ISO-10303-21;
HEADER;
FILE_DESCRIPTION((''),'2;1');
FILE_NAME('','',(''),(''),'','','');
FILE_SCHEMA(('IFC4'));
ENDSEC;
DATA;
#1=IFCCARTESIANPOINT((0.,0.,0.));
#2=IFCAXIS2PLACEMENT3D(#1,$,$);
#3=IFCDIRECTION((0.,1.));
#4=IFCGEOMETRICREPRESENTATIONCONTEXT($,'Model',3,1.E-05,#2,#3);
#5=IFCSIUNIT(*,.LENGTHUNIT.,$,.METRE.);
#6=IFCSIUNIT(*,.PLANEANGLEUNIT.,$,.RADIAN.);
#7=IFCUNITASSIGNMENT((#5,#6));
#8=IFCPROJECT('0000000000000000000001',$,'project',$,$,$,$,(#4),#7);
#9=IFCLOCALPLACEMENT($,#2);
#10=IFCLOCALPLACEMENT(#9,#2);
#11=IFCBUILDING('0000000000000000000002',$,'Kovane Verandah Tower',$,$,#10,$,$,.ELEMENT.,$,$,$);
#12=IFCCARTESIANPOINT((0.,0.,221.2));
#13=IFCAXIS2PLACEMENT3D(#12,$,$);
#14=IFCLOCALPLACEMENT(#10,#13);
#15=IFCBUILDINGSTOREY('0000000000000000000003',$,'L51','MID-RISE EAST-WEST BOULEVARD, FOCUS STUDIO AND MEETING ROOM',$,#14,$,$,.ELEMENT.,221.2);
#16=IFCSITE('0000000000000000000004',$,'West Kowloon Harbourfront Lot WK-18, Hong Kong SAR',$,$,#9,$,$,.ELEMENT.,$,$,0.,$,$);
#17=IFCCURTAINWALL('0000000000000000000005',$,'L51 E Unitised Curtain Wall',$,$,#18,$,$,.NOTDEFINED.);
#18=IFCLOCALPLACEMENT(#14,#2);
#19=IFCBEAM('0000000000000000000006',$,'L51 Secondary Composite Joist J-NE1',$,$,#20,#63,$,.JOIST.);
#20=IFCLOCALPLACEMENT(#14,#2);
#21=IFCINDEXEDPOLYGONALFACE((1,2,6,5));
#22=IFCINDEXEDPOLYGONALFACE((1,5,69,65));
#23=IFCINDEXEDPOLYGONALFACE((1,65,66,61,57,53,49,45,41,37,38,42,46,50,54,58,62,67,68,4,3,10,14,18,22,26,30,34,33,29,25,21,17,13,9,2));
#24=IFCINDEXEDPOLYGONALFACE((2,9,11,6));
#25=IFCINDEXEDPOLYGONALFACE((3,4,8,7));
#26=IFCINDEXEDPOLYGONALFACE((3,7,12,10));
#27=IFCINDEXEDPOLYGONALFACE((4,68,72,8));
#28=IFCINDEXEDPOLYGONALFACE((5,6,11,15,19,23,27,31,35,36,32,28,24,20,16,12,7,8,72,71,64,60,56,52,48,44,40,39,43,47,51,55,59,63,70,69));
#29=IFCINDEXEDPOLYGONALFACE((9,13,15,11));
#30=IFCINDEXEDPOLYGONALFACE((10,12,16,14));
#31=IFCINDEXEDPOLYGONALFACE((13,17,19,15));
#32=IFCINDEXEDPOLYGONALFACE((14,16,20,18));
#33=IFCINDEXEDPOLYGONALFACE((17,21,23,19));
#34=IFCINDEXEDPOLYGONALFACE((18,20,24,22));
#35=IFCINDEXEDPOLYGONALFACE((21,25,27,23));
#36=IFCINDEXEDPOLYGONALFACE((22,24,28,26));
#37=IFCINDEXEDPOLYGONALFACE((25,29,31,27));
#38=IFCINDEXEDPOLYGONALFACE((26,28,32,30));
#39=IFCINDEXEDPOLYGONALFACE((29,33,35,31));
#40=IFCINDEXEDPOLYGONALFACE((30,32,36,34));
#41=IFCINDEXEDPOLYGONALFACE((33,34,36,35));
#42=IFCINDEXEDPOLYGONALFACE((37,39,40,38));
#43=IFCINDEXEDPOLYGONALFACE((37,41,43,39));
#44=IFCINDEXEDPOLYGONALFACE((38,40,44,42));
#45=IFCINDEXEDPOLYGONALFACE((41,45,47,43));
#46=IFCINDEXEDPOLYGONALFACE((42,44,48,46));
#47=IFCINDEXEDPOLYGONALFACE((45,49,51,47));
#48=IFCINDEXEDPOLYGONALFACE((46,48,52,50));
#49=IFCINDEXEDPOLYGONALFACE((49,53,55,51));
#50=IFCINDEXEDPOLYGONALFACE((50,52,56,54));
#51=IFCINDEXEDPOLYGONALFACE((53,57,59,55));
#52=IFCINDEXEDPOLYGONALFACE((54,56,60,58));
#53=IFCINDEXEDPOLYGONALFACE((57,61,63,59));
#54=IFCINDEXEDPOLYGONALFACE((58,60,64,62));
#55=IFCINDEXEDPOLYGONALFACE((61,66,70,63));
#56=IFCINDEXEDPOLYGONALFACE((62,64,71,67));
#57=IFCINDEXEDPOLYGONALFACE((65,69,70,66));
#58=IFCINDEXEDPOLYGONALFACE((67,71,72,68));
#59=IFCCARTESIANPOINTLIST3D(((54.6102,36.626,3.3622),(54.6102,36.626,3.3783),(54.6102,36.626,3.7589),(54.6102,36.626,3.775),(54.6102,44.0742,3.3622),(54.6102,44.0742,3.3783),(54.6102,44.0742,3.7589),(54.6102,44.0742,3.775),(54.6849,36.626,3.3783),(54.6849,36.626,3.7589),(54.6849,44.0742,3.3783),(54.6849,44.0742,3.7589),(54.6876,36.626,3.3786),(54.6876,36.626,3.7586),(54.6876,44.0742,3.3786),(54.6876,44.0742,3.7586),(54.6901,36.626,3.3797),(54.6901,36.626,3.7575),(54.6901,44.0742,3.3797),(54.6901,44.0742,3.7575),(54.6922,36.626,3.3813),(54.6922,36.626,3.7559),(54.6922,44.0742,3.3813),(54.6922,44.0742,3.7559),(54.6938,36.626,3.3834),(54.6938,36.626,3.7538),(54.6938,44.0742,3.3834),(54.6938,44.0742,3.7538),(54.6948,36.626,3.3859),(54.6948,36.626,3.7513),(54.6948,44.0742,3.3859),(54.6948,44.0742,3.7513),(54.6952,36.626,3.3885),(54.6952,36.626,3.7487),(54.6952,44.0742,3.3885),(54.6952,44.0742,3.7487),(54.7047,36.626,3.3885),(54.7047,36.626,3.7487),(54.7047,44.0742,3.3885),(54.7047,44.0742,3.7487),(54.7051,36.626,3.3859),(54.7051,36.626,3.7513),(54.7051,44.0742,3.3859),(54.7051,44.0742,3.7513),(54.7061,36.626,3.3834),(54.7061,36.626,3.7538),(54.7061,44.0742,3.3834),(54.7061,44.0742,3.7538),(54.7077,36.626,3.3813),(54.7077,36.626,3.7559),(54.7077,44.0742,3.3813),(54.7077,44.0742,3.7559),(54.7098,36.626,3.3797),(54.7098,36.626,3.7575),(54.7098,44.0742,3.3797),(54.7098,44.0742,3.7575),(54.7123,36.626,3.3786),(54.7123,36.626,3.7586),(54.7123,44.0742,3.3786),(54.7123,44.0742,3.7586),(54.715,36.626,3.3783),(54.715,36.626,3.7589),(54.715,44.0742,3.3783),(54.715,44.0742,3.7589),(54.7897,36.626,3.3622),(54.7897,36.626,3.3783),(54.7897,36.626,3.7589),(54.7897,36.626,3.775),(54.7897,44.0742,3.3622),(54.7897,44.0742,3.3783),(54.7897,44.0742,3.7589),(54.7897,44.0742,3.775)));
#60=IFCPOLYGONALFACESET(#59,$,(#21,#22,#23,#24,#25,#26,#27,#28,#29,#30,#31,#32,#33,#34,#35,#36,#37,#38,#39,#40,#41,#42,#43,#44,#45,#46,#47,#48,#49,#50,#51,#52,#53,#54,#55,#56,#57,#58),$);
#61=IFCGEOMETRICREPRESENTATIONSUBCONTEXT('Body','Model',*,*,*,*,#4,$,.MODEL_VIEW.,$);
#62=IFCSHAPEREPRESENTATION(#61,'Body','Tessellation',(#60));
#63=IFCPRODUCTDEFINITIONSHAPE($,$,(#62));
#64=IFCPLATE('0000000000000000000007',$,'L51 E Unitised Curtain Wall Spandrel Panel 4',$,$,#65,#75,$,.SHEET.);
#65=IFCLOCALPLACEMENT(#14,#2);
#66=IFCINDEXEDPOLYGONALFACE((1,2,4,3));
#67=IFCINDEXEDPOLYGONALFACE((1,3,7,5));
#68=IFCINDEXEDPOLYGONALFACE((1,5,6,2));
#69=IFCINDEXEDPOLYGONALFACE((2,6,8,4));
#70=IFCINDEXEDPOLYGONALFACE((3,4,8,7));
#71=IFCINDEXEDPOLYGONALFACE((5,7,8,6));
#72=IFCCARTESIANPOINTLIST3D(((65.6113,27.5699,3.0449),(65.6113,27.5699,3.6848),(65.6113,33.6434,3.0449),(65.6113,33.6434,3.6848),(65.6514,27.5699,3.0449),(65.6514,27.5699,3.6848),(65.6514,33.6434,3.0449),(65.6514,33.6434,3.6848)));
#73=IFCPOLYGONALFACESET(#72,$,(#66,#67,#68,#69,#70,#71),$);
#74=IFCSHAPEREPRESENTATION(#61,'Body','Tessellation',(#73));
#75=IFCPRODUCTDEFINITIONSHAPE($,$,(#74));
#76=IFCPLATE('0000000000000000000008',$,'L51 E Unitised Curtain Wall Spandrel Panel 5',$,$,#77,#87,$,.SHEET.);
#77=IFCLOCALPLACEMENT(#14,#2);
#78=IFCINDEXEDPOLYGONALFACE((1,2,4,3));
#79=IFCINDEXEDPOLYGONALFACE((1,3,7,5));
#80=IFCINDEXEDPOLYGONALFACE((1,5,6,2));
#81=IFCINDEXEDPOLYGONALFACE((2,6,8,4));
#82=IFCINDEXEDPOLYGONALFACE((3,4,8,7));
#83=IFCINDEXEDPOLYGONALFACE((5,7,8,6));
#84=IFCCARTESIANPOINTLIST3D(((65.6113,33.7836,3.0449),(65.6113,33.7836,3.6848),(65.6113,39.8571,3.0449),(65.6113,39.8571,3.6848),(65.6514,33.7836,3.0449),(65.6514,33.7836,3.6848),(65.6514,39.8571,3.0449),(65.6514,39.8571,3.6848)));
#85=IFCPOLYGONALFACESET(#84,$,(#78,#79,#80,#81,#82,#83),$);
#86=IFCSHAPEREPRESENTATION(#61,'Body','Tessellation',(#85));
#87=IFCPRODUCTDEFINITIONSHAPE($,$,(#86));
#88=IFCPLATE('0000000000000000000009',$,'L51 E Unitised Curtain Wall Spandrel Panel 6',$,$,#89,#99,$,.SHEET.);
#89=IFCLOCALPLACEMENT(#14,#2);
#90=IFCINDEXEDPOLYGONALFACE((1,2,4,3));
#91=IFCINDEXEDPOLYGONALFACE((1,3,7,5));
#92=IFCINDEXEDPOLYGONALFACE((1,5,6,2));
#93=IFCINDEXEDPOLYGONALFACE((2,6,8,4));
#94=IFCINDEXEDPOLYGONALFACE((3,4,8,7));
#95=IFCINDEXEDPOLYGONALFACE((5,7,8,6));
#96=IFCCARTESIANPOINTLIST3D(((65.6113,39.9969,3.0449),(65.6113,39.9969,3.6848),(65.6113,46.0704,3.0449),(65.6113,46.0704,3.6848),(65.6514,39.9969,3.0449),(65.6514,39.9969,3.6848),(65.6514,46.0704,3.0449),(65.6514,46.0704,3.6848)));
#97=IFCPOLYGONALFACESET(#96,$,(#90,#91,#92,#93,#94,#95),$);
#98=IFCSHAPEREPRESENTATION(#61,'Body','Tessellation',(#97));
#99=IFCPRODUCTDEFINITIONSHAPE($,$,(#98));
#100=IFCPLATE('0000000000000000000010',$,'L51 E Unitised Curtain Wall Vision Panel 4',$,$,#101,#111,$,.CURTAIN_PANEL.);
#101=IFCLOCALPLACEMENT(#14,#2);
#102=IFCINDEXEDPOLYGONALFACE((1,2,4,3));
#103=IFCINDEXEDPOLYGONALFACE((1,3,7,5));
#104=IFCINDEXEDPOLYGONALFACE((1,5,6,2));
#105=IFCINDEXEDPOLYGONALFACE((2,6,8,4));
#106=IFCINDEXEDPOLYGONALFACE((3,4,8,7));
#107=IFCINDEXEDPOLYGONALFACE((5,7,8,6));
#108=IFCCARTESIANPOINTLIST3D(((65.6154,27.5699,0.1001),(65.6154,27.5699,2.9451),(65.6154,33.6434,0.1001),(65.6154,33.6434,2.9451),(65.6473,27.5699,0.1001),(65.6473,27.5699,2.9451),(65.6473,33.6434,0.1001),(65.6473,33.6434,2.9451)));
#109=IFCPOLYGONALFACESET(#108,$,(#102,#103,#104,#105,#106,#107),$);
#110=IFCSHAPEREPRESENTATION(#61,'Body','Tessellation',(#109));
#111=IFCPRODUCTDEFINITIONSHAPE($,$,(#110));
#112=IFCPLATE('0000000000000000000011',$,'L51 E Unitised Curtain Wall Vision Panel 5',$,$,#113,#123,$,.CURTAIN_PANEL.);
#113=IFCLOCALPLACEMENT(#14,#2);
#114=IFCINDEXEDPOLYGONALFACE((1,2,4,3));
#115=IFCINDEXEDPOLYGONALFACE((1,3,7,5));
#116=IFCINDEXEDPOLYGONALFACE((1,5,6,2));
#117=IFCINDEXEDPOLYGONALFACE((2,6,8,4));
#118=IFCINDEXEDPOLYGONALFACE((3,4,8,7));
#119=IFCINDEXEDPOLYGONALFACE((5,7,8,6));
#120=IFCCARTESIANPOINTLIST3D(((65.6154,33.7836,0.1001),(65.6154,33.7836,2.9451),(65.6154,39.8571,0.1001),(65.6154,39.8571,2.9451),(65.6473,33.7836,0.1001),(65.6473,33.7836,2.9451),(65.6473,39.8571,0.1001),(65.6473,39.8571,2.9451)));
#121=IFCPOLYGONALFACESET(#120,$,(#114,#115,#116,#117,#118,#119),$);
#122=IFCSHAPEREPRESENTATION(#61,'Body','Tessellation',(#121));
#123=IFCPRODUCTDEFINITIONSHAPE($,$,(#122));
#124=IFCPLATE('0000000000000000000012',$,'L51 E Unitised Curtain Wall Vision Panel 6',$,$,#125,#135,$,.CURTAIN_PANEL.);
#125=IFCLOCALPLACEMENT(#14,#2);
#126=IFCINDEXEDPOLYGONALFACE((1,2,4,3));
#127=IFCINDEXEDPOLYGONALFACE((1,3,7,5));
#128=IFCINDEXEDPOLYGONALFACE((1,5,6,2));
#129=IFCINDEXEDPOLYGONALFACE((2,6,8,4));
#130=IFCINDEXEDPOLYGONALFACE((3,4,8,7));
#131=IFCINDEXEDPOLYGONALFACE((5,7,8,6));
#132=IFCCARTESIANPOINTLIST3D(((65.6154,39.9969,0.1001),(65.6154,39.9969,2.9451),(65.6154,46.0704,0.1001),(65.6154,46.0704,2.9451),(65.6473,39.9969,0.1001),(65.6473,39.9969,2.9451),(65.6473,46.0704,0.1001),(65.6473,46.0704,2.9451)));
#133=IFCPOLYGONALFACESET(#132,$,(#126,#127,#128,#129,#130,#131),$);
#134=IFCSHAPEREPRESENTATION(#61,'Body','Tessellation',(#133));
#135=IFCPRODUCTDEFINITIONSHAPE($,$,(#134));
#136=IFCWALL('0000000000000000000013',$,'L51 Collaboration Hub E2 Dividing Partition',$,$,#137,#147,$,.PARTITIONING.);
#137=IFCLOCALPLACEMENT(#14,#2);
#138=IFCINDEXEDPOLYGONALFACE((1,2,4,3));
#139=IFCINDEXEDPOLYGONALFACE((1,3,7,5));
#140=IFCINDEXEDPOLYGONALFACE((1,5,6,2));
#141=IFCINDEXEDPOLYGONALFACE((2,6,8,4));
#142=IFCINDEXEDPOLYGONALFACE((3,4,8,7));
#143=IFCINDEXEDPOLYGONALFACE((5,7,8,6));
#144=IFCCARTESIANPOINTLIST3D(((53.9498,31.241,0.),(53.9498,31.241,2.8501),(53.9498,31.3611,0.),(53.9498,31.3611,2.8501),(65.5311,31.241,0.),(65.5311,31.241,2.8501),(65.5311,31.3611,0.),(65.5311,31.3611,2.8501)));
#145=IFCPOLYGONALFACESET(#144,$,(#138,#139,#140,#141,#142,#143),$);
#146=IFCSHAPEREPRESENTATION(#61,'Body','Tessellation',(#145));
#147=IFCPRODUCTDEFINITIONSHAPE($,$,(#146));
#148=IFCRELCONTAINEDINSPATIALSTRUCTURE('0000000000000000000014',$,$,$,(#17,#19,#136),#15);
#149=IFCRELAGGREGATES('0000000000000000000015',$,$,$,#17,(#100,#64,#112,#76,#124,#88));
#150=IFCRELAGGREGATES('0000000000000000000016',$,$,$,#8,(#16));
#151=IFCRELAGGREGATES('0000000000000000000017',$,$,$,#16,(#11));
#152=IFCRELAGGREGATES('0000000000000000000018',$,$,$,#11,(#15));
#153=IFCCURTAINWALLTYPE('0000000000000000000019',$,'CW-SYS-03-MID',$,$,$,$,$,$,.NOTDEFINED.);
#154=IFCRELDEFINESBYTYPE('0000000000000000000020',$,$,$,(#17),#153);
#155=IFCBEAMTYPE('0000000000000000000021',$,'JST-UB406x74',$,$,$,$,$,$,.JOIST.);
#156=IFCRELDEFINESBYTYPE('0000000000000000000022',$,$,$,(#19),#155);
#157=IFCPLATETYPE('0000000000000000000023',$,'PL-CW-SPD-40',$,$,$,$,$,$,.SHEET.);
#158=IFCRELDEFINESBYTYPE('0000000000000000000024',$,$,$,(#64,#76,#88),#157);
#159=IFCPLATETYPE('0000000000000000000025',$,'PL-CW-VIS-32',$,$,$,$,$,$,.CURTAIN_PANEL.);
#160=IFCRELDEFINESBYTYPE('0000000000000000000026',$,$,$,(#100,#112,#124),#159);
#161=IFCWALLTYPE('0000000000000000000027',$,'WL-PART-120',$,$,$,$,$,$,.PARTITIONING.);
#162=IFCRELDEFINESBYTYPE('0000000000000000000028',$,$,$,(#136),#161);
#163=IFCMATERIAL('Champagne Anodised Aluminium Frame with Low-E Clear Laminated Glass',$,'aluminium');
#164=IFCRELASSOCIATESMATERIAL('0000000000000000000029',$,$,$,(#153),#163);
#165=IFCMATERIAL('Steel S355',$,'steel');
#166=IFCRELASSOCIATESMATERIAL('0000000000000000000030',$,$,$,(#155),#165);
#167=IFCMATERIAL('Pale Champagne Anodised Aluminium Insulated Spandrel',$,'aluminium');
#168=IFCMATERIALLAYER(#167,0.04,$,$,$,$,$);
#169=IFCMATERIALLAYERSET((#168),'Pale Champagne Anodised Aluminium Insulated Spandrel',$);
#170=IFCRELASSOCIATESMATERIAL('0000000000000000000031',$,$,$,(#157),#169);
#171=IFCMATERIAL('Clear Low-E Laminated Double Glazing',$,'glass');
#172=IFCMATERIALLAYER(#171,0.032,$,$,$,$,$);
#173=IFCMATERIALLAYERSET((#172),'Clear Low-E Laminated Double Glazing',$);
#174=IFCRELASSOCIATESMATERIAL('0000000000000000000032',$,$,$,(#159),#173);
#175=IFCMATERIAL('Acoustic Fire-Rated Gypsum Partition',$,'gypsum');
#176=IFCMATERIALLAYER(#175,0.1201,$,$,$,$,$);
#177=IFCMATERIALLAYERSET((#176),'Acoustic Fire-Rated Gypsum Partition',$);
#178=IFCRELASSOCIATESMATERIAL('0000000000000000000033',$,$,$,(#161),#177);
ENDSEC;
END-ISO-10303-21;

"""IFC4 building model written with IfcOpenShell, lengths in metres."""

from ifc_helpers import new_model, si_unit, direction, frame, frame_2d, origin, origin_2d, place, context, subcontext, project, spatial, rectangle, i_section, extrude, material, layer, layer_set, material_profile, profile_set, type_object, element, aggregate, save


model = new_model("IFC4")

# Units and contexts
model_context = context("Model", 3, precision=1e-05, world=origin(), true_north=direction((0.0, 1.0)))
body_context = subcontext(model_context, "Body", "Model", "MODEL_VIEW")
ifc_project = project(units=[si_unit("LENGTHUNIT", "METRE"), si_unit("PLANEANGLEUNIT", "RADIAN")], contexts=[model_context])

# Site, building, storey
site_placement = place(None, origin())
site = spatial("IfcSite", under=ifc_project, at=site_placement, Name="West Kowloon Harbourfront Lot WK-18, Hong Kong SAR", CompositionType="ELEMENT", RefElevation=0.0)
building_placement = place(site_placement, origin())
building = spatial("IfcBuilding", under=site, at=building_placement, Name="Kovane Verandah Tower", CompositionType="ELEMENT")
storey_placement = place(building_placement, frame((0.0, 0.0, 221.2)))
storey = spatial("IfcBuildingStorey", under=building, at=storey_placement, Name="L51", Description="MID-RISE EAST-WEST BOULEVARD, FOCUS STUDIO AND MEETING ROOM", CompositionType="ELEMENT", Elevation=221.2)

# Shared definitions
ifc_material_1 = material(Name="Steel S355", Category="steel")

# Curtain wall
ifc_material_2 = material(Name="Champagne Anodised Aluminium Frame with Low-E Clear Laminated Glass", Category="aluminium")
curtain_wall_type = type_object("IfcCurtainWallType", Name="CW-SYS-03-MID", PredefinedType="NOTDEFINED", material=ifc_material_2)
curtain_wall_placement = place(storey_placement, origin())
curtain_wall = element("IfcCurtainWall", 1, at=curtain_wall_placement, inside=storey, type_object=curtain_wall_type, Name="L51 E Unitised Curtain Wall", PredefinedType="NOTDEFINED")

# Beam
ifc_material_profile_1 = material_profile(ifc_material_1, i_section(OverallWidth=0.1794, OverallDepth=0.4128, WebThickness=0.0095, FlangeThickness=0.0161, FilletRadius=0.0103, at=origin_2d()), Name="UB406x178x74")
ifc_profile_set_1 = profile_set([ifc_material_profile_1], Name="Steel S355")
beam_type_1 = type_object("IfcBeamType", Name="JST-UB406x74", PredefinedType="JOIST", material=ifc_profile_set_1)
beam_1_placement = place(storey_placement, frame((54.7, 36.626, 3.5686), z_axis=(0.0, 1.0, 0.0), x_axis=(-1.0, 0.0, 0.0)))
element("IfcBeam", 2, at=beam_1_placement, inside=storey, type_object=beam_type_1, Name="L51 Secondary Composite Joist J-NE1", PredefinedType="JOIST", context=body_context, shape_type="SweptSolid", body=[
    extrude(i_section(OverallWidth=0.1794, OverallDepth=0.4128, WebThickness=0.0095, FlangeThickness=0.0161, FilletRadius=0.0103, at=origin_2d()), origin(), (0.0, 0.0, 1.0), 7.4482),
])

# Plates
ifc_material_3 = material(Name="Pale Champagne Anodised Aluminium Insulated Spandrel", Category="aluminium")
ifc_layer_1 = layer(ifc_material_3, 0.04)
ifc_layer_set_1 = layer_set([ifc_layer_1], Name="Pale Champagne Anodised Aluminium Insulated Spandrel")
plate_type_1 = type_object("IfcPlateType", Name="PL-CW-SPD-40", PredefinedType="SHEET", material=ifc_layer_set_1)
plate_1_placement = place(storey_placement, frame((65.6313, 30.6067, 3.0449), z_axis=(0.0, 0.0, 1.0), x_axis=(0.0, 1.0, 0.0)))
plate_1 = element("IfcPlate", 3, at=plate_1_placement, type_object=plate_type_1, Name="L51 E Unitised Curtain Wall Spandrel Panel 4", PredefinedType="SHEET", context=body_context, shape_type="SweptSolid", body=[
    extrude(rectangle(XDim=6.0735, YDim=0.04, at=origin_2d()), origin(), (0.0, 0.0, 1.0), 0.6399),
])
plate_2_placement = place(storey_placement, frame((65.6313, 36.8203, 3.0449), z_axis=(0.0, 0.0, 1.0), x_axis=(0.0, 1.0, 0.0)))
plate_2 = element("IfcPlate", 4, at=plate_2_placement, type_object=plate_type_1, Name="L51 E Unitised Curtain Wall Spandrel Panel 5", PredefinedType="SHEET", context=body_context, shape_type="SweptSolid", body=[
    extrude(rectangle(XDim=6.0735, YDim=0.04, at=origin_2d()), origin(), (0.0, 0.0, 1.0), 0.6399),
])
plate_3_placement = place(storey_placement, frame((65.6313, 43.0337, 3.0449), z_axis=(0.0, 0.0, 1.0), x_axis=(0.0, 1.0, 0.0)))
plate_3 = element("IfcPlate", 5, at=plate_3_placement, type_object=plate_type_1, Name="L51 E Unitised Curtain Wall Spandrel Panel 6", PredefinedType="SHEET", context=body_context, shape_type="SweptSolid", body=[
    extrude(rectangle(XDim=6.0735, YDim=0.04, at=origin_2d()), origin(), (0.0, 0.0, 1.0), 0.6399),
])
ifc_material_4 = material(Name="Clear Low-E Laminated Double Glazing", Category="glass")
ifc_layer_2 = layer(ifc_material_4, 0.032)
ifc_layer_set_2 = layer_set([ifc_layer_2], Name="Clear Low-E Laminated Double Glazing")
plate_type_2 = type_object("IfcPlateType", Name="PL-CW-VIS-32", PredefinedType="CURTAIN_PANEL", material=ifc_layer_set_2)
plate_4_placement = place(storey_placement, frame((65.6313, 30.6067, 0.1001), z_axis=(0.0, 0.0, 1.0), x_axis=(0.0, 1.0, 0.0)))
plate_4 = element("IfcPlate", 6, at=plate_4_placement, type_object=plate_type_2, Name="L51 E Unitised Curtain Wall Vision Panel 4", PredefinedType="CURTAIN_PANEL", context=body_context, shape_type="SweptSolid", body=[
    extrude(rectangle(XDim=6.0735, YDim=0.032, at=origin_2d()), origin(), (0.0, 0.0, 1.0), 2.845),
])
plate_5_placement = place(storey_placement, frame((65.6313, 36.8203, 0.1001), z_axis=(0.0, 0.0, 1.0), x_axis=(0.0, 1.0, 0.0)))
plate_5 = element("IfcPlate", 7, at=plate_5_placement, type_object=plate_type_2, Name="L51 E Unitised Curtain Wall Vision Panel 5", PredefinedType="CURTAIN_PANEL", context=body_context, shape_type="SweptSolid", body=[
    extrude(rectangle(XDim=6.0735, YDim=0.032, at=origin_2d()), origin(), (0.0, 0.0, 1.0), 2.845),
])
plate_6_placement = place(storey_placement, frame((65.6313, 43.0337, 0.1001), z_axis=(0.0, 0.0, 1.0), x_axis=(0.0, 1.0, 0.0)))
plate_6 = element("IfcPlate", 8, at=plate_6_placement, type_object=plate_type_2, Name="L51 E Unitised Curtain Wall Vision Panel 6", PredefinedType="CURTAIN_PANEL", context=body_context, shape_type="SweptSolid", body=[
    extrude(rectangle(XDim=6.0735, YDim=0.032, at=origin_2d()), origin(), (0.0, 0.0, 1.0), 2.845),
])
aggregate(curtain_wall, [plate_4, plate_1, plate_5, plate_2, plate_6, plate_3])

# Wall
ifc_material_5 = material(Name="Acoustic Fire-Rated Gypsum Partition", Category="gypsum")
ifc_layer_3 = layer(ifc_material_5, 0.1201)
ifc_layer_set_3 = layer_set([ifc_layer_3], Name="Acoustic Fire-Rated Gypsum Partition")
wall_type_1 = type_object("IfcWallType", Name="WL-PART-120", PredefinedType="PARTITIONING", material=ifc_layer_set_3)
wall_1_placement = place(storey_placement, frame((53.95, 31.301, 0.0), z_axis=(0.0, 0.0, 1.0), x_axis=(1.0, 0.0, 0.0)))
element("IfcWall", 9, at=wall_1_placement, inside=storey, type_object=wall_type_1, Name="L51 Collaboration Hub E2 Dividing Partition", PredefinedType="PARTITIONING", context=body_context, shape_type="SweptSolid", body=[
    extrude(rectangle(XDim=11.5813, YDim=0.1201, at=frame_2d((5.7905, 0.0))), origin(), (0.0, 0.0, 1.0), 2.8501),
])

save(model, "model.ifc")
